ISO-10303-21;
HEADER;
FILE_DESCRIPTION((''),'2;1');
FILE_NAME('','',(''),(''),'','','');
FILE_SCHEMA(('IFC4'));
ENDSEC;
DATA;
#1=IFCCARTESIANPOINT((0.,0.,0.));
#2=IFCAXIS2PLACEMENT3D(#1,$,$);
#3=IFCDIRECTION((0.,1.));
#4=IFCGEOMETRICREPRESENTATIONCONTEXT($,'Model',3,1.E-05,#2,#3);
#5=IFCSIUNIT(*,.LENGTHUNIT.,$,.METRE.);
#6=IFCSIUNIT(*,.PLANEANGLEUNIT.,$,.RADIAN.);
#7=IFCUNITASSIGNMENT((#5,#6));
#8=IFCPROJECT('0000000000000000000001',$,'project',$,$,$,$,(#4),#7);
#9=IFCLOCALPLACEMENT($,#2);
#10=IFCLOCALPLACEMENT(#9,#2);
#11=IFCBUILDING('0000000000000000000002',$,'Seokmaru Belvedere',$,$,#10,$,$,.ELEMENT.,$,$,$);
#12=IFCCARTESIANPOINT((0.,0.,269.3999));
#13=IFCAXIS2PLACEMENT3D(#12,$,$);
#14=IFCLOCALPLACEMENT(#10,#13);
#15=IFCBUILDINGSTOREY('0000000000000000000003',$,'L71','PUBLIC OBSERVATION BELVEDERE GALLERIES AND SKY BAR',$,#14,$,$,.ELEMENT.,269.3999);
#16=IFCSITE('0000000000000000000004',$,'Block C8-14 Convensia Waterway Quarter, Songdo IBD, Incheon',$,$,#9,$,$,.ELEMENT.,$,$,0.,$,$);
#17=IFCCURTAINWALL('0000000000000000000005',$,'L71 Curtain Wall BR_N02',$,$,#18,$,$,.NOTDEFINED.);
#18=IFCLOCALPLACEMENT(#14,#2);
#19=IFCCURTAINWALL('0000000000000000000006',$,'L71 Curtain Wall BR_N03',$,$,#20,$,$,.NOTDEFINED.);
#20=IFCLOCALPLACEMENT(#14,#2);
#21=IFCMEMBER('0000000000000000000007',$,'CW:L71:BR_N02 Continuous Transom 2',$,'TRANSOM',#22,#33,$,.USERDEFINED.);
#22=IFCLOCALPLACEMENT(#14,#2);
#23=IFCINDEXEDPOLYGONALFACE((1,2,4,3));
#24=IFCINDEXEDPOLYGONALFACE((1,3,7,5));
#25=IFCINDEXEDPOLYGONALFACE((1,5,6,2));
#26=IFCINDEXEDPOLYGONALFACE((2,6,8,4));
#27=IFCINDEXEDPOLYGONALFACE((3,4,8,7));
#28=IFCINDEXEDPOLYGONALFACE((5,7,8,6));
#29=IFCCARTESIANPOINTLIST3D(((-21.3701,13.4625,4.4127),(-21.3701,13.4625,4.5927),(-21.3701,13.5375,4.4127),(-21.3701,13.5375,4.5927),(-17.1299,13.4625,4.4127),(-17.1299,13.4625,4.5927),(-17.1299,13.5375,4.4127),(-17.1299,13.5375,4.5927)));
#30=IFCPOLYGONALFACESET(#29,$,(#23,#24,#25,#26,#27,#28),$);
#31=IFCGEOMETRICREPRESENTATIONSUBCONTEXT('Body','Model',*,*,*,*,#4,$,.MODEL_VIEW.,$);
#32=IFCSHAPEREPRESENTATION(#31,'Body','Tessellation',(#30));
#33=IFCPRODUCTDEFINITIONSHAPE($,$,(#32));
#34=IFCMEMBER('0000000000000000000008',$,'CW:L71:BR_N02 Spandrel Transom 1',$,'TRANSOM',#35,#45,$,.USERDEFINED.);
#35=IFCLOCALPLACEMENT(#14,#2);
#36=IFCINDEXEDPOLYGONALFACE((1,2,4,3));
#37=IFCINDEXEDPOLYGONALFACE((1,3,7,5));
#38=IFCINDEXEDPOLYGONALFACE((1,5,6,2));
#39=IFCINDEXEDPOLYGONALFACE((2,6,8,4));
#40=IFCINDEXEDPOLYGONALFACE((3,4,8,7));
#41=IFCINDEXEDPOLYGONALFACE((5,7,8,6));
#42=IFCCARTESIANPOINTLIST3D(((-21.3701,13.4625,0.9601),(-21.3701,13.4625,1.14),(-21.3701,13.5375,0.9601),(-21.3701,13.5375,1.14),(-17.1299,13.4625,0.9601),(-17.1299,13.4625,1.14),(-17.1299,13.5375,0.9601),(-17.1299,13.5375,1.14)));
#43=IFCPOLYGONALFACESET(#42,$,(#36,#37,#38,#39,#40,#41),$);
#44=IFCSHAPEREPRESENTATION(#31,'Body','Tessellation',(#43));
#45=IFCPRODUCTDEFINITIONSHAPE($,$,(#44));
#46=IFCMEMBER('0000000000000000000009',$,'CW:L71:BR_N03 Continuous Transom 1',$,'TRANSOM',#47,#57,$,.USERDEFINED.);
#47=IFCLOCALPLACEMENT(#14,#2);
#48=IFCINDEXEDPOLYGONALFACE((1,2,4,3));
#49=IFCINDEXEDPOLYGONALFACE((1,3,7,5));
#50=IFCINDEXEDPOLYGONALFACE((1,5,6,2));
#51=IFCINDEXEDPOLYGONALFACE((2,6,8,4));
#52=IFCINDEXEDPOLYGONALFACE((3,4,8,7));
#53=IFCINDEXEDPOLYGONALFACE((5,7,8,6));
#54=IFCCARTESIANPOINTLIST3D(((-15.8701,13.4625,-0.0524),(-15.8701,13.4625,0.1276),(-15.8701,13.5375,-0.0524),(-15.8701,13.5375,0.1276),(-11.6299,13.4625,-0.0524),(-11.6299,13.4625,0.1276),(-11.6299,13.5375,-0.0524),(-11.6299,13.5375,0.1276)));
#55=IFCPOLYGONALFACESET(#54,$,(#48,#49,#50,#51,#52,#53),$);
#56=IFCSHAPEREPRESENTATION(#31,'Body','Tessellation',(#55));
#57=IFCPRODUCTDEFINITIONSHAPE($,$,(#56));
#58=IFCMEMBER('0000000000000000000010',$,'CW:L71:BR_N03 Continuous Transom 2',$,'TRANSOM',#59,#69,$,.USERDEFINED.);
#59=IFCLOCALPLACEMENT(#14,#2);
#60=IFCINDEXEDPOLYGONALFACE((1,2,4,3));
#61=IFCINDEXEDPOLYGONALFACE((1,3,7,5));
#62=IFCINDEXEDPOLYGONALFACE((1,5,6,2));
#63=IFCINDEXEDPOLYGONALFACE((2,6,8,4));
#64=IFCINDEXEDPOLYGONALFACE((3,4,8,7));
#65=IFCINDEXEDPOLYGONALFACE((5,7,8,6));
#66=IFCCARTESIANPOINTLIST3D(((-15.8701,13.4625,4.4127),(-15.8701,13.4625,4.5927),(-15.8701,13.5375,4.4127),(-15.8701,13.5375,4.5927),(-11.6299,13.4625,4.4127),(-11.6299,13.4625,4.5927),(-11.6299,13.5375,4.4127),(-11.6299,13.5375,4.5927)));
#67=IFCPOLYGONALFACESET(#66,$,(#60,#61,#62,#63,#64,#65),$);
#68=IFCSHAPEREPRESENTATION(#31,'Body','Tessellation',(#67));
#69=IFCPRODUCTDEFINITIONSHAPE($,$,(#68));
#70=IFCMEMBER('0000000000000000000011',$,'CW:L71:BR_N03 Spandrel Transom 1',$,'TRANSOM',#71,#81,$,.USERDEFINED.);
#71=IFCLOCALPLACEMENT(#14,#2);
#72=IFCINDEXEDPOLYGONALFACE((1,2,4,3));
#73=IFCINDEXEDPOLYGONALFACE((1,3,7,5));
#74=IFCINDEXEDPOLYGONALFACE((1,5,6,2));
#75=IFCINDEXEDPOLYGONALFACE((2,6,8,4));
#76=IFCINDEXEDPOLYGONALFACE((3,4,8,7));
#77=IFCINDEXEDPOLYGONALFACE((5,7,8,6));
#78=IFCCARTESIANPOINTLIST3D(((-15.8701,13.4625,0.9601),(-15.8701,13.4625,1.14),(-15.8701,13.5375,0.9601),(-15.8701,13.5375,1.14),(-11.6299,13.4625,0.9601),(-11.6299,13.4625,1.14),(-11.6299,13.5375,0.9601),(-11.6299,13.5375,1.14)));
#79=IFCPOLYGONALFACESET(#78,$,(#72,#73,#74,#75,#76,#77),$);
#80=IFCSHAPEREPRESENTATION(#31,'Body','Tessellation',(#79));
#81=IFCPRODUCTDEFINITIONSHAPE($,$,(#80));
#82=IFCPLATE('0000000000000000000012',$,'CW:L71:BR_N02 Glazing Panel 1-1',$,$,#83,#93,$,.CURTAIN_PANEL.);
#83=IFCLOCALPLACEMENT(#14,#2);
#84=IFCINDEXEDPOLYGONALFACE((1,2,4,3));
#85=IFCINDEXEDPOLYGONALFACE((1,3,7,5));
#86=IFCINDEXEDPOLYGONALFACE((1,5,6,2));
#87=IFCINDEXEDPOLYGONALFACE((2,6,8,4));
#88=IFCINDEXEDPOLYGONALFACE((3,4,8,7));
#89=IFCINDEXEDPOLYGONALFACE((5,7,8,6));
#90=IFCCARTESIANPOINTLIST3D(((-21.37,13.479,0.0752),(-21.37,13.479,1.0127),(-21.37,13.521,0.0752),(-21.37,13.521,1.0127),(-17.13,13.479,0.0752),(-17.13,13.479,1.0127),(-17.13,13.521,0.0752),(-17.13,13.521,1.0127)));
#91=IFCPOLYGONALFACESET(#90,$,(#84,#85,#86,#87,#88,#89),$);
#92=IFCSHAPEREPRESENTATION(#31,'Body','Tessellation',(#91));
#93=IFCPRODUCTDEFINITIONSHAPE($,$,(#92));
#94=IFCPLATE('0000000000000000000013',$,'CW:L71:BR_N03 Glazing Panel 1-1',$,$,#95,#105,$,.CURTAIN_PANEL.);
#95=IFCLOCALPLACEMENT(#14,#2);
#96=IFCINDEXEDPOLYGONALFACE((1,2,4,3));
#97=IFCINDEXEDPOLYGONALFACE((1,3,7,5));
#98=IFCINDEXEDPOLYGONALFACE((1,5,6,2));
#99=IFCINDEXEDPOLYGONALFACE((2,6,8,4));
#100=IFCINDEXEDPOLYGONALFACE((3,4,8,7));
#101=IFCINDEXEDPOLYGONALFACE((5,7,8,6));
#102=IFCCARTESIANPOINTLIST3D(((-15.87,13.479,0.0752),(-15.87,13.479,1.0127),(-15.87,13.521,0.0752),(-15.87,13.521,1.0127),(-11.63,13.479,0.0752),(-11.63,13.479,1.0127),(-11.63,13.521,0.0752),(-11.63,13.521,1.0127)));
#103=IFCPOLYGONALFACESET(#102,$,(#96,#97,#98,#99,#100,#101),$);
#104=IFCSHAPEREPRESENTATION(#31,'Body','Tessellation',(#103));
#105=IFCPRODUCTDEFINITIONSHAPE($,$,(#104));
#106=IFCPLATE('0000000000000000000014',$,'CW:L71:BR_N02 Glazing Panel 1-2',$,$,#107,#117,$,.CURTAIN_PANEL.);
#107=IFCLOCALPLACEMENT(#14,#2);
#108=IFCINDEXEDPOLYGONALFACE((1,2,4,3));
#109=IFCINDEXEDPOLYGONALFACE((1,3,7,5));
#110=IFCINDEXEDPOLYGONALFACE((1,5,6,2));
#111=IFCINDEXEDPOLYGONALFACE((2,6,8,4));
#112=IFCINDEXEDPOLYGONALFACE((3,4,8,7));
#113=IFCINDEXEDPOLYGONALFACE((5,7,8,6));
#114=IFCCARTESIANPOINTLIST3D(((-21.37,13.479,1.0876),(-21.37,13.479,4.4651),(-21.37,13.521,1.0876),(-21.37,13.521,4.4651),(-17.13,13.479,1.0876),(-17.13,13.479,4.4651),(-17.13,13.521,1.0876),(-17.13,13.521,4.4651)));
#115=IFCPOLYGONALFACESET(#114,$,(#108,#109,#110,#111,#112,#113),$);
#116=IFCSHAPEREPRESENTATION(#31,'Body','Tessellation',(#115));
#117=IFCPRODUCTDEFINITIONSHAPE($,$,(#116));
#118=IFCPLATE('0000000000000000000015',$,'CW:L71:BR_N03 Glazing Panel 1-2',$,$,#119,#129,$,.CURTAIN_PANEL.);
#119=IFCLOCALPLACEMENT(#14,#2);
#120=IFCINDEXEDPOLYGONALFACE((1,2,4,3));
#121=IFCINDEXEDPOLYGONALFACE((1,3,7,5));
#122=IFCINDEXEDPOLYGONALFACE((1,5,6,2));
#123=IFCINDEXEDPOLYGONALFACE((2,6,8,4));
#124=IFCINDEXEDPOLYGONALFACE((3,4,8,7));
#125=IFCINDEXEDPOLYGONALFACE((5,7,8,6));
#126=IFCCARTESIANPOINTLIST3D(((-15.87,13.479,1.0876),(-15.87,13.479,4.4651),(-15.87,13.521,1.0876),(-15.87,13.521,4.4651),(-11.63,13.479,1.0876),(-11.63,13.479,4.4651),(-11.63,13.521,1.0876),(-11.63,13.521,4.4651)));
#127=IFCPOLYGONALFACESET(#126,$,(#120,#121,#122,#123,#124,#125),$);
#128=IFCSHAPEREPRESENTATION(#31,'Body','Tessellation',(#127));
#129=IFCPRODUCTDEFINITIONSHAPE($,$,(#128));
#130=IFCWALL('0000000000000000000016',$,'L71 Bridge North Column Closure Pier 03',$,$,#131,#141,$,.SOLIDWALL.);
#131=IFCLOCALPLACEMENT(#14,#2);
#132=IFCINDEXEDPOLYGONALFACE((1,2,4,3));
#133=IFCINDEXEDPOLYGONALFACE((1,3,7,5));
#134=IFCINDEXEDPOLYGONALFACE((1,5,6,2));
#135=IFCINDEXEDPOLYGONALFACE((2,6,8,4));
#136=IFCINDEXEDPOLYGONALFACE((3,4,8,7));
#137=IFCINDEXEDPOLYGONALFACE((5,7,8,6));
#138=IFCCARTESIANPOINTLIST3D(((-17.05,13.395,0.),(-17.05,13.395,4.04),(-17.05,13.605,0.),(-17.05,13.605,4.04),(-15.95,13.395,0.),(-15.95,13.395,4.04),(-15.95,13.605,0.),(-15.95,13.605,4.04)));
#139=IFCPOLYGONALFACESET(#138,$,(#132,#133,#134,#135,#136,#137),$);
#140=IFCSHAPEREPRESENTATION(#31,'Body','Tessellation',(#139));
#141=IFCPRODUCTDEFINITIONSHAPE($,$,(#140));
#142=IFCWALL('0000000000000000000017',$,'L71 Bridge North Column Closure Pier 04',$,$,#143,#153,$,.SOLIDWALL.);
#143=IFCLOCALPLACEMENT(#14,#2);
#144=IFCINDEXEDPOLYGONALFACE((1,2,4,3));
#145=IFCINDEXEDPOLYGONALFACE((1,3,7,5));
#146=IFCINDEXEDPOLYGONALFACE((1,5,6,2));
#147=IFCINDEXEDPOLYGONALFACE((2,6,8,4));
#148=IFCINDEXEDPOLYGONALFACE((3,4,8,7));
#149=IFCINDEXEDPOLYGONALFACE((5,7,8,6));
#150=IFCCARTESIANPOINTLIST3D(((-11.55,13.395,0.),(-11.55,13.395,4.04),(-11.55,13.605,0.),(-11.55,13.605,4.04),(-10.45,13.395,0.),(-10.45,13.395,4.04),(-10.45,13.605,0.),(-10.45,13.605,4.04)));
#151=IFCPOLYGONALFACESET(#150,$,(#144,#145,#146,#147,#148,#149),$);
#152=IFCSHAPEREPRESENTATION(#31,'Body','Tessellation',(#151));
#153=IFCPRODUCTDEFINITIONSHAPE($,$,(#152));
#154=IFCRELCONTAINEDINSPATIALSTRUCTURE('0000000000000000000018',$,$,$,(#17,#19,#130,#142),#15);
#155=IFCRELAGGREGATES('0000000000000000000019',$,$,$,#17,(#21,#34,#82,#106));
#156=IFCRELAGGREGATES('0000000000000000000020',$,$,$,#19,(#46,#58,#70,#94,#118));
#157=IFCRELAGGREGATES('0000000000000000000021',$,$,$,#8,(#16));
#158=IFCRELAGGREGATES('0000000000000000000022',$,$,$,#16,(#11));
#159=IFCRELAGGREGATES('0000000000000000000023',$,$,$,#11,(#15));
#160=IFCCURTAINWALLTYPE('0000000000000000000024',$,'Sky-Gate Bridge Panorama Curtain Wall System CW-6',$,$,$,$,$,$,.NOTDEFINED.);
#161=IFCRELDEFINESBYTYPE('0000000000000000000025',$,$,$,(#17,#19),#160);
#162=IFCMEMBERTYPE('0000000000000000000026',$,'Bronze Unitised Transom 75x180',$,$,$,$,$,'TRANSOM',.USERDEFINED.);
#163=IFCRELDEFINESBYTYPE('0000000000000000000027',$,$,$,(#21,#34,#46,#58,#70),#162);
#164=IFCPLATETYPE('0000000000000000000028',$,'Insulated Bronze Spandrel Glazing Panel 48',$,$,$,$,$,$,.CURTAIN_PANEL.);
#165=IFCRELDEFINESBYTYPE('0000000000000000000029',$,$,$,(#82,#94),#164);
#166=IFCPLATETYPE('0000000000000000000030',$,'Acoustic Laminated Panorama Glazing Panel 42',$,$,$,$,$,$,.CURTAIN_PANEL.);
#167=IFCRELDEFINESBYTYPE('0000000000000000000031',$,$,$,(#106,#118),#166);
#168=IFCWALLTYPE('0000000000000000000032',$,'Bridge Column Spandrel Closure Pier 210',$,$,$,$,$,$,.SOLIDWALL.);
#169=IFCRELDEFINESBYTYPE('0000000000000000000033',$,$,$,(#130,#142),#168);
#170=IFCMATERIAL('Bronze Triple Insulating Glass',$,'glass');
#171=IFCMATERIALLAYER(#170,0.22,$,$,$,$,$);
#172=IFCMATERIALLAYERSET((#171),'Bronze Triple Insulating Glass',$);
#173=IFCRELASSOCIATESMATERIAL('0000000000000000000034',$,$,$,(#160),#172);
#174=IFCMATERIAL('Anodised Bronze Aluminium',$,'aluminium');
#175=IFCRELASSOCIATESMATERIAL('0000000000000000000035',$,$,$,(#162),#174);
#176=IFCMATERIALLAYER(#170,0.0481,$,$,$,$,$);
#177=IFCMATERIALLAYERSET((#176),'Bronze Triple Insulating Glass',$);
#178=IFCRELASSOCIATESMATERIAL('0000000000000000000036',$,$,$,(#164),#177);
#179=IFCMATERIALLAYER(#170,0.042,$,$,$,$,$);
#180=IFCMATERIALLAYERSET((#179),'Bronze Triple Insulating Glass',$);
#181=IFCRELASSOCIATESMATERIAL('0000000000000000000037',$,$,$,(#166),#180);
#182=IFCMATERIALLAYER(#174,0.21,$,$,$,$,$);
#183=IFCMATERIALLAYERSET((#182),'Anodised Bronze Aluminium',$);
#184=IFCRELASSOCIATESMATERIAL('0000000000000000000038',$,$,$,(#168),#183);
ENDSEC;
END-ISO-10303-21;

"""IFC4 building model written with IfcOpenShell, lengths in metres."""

from ifc_helpers import new_model, si_unit, direction, frame, frame_2d, origin, origin_2d, place, context, subcontext, project, spatial, rectangle, extrude, source, transform, mapped, material, layer, layer_set, material_profile, profile_set, type_object, type_shapes, element, aggregate, save


model = new_model("IFC4")

# Units and contexts
model_context = context("Model", 3, precision=1e-05, world=origin(), true_north=direction((0.0, 1.0)))
body_context = subcontext(model_context, "Body", "Model", "MODEL_VIEW")
ifc_project = project(units=[si_unit("LENGTHUNIT", "METRE"), si_unit("PLANEANGLEUNIT", "RADIAN")], contexts=[model_context])

# Site, building, storey
site_placement = place(None, origin())
site = spatial("IfcSite", under=ifc_project, at=site_placement, Name="Block C8-14 Convensia Waterway Quarter, Songdo IBD, Incheon", CompositionType="ELEMENT", RefElevation=0.0)
building_placement = place(site_placement, origin())
building = spatial("IfcBuilding", under=site, at=building_placement, Name="Seokmaru Belvedere", CompositionType="ELEMENT")
storey_placement = place(building_placement, frame((0.0, 0.0, 269.3999)))
storey = spatial("IfcBuildingStorey", under=building, at=storey_placement, Name="L71", Description="PUBLIC OBSERVATION BELVEDERE GALLERIES AND SKY BAR", CompositionType="ELEMENT", Elevation=269.3999)

# Curtain wall
ifc_material_1 = material(Name="Bronze Triple Insulating Glass", Category="glass")
ifc_layer_1 = layer(ifc_material_1, 0.22)
ifc_layer_set_1 = layer_set([ifc_layer_1], Name="Bronze Triple Insulating Glass")
curtain_wall_type = type_object("IfcCurtainWallType", Name="Sky-Gate Bridge Panorama Curtain Wall System CW-6", PredefinedType="NOTDEFINED", material=ifc_layer_set_1)
curtain_wall_1_placement = place(storey_placement, origin())
curtain_wall_1 = element("IfcCurtainWall", 1, at=curtain_wall_1_placement, inside=storey, type_object=curtain_wall_type, Name="L71 Curtain Wall BR_N02", PredefinedType="NOTDEFINED")
ifc_material_2 = material(Name="Anodised Bronze Aluminium", Category="aluminium")

# Curtain wall
curtain_wall_2_placement = place(storey_placement, origin())
curtain_wall_2 = element("IfcCurtainWall", 2, at=curtain_wall_2_placement, inside=storey, type_object=curtain_wall_type, Name="L71 Curtain Wall BR_N03", PredefinedType="NOTDEFINED")

# Members
ifc_material_profile_1 = material_profile(ifc_material_2, rectangle(XDim=0.075, YDim=0.1799, at=origin_2d()), Name="CW-T-75x180")
ifc_profile_set_1 = profile_set([ifc_material_profile_1], Name="Anodised Bronze Aluminium")
member_type_1 = type_object("IfcMemberType", Name="Bronze Unitised Transom 75x180", ElementType="TRANSOM", PredefinedType="USERDEFINED", material=ifc_profile_set_1)
shared_shape_1 = source(origin(), body_context, "Body", "SweptSolid", [
    extrude(rectangle(XDim=0.075, YDim=0.1799, at=origin_2d()), origin(), (0.0, 0.0, 1.0), 4.2402),
])
type_shapes(member_type_1, [shared_shape_1])
member_1_placement = place(storey_placement, frame((-17.1299, 13.5, 4.5027), z_axis=(-1.0, 0.0, 0.0), x_axis=(0.0, -1.0, 0.0)))
member_1 = element("IfcMember", 3, at=member_1_placement, type_object=member_type_1, Name="CW:L71:BR_N02 Continuous Transom 2", ObjectType="TRANSOM", PredefinedType="USERDEFINED", context=body_context, shape_type="MappedRepresentation", body=[
    mapped(shared_shape_1, transform((0.0, 0.0, 0.0), scale=1.0)),
])
member_2_placement = place(storey_placement, frame((-17.1299, 13.5, 1.05), z_axis=(-1.0, 0.0, 0.0), x_axis=(0.0, -1.0, 0.0)))
member_2 = element("IfcMember", 4, at=member_2_placement, type_object=member_type_1, Name="CW:L71:BR_N02 Spandrel Transom 1", ObjectType="TRANSOM", PredefinedType="USERDEFINED", context=body_context, shape_type="MappedRepresentation", body=[
    mapped(shared_shape_1, transform((0.0, 0.0, 0.0), scale=1.0)),
])
member_3_placement = place(storey_placement, frame((-11.6299, 13.5, 0.0376), z_axis=(-1.0, 0.0, 0.0), x_axis=(0.0, -1.0, 0.0)))
member_3 = element("IfcMember", 5, at=member_3_placement, type_object=member_type_1, Name="CW:L71:BR_N03 Continuous Transom 1", ObjectType="TRANSOM", PredefinedType="USERDEFINED", context=body_context, shape_type="MappedRepresentation", body=[
    mapped(shared_shape_1, transform((0.0, 0.0, 0.0), scale=1.0)),
])
member_4_placement = place(storey_placement, frame((-11.6299, 13.5, 4.5027), z_axis=(-1.0, 0.0, 0.0), x_axis=(0.0, -1.0, 0.0)))
member_4 = element("IfcMember", 6, at=member_4_placement, type_object=member_type_1, Name="CW:L71:BR_N03 Continuous Transom 2", ObjectType="TRANSOM", PredefinedType="USERDEFINED", context=body_context, shape_type="MappedRepresentation", body=[
    mapped(shared_shape_1, transform((0.0, 0.0, 0.0), scale=1.0)),
])
member_5_placement = place(storey_placement, frame((-11.6299, 13.5, 1.05), z_axis=(-1.0, 0.0, 0.0), x_axis=(0.0, -1.0, 0.0)))
member_5 = element("IfcMember", 7, at=member_5_placement, type_object=member_type_1, Name="CW:L71:BR_N03 Spandrel Transom 1", ObjectType="TRANSOM", PredefinedType="USERDEFINED", context=body_context, shape_type="MappedRepresentation", body=[
    mapped(shared_shape_1, transform((0.0, 0.0, 0.0), scale=1.0)),
])

# Plates
ifc_layer_2 = layer(ifc_material_1, 0.0481)
ifc_layer_set_2 = layer_set([ifc_layer_2], Name="Bronze Triple Insulating Glass")
plate_type_1 = type_object("IfcPlateType", Name="Insulated Bronze Spandrel Glazing Panel 48", PredefinedType="CURTAIN_PANEL", material=ifc_layer_set_2)
shared_shape_2 = source(origin(), body_context, "Body", "SweptSolid", [
    extrude(rectangle(XDim=4.24, YDim=0.042, at=origin_2d()), origin(), (0.0, 0.0, 1.0), 0.9375),
])
type_shapes(plate_type_1, [shared_shape_2])
plate_1_placement = place(storey_placement, frame((-19.25, 13.5, 0.0752), z_axis=(0.0, 0.0, 1.0), x_axis=(-1.0, 0.0, 0.0)))
plate_1 = element("IfcPlate", 8, at=plate_1_placement, type_object=plate_type_1, Name="CW:L71:BR_N02 Glazing Panel 1-1", PredefinedType="CURTAIN_PANEL", context=body_context, shape_type="MappedRepresentation", body=[
    mapped(shared_shape_2, transform((0.0, 0.0, 0.0), scale=1.0)),
])
plate_2_placement = place(storey_placement, frame((-13.75, 13.5, 0.0752), z_axis=(0.0, 0.0, 1.0), x_axis=(-1.0, 0.0, 0.0)))
plate_2 = element("IfcPlate", 9, at=plate_2_placement, type_object=plate_type_1, Name="CW:L71:BR_N03 Glazing Panel 1-1", PredefinedType="CURTAIN_PANEL", context=body_context, shape_type="MappedRepresentation", body=[
    mapped(shared_shape_2, transform((0.0, 0.0, 0.0), scale=1.0)),
])
ifc_layer_3 = layer(ifc_material_1, 0.042)
ifc_layer_set_3 = layer_set([ifc_layer_3], Name="Bronze Triple Insulating Glass")
plate_type_2 = type_object("IfcPlateType", Name="Acoustic Laminated Panorama Glazing Panel 42", PredefinedType="CURTAIN_PANEL", material=ifc_layer_set_3)
shared_shape_3 = source(origin(), body_context, "Body", "SweptSolid", [
    extrude(rectangle(XDim=4.24, YDim=0.042, at=origin_2d()), origin(), (0.0, 0.0, 1.0), 3.3774),
])
type_shapes(plate_type_2, [shared_shape_3])
plate_3_placement = place(storey_placement, frame((-19.25, 13.5, 1.0876), z_axis=(0.0, 0.0, 1.0), x_axis=(-1.0, 0.0, 0.0)))
plate_3 = element("IfcPlate", 10, at=plate_3_placement, type_object=plate_type_2, Name="CW:L71:BR_N02 Glazing Panel 1-2", PredefinedType="CURTAIN_PANEL", context=body_context, shape_type="MappedRepresentation", body=[
    mapped(shared_shape_3, transform((0.0, 0.0, 0.0), scale=1.0)),
])
aggregate(curtain_wall_1, [member_1, member_2, plate_1, plate_3])
plate_4_placement = place(storey_placement, frame((-13.75, 13.5, 1.0876), z_axis=(0.0, 0.0, 1.0), x_axis=(-1.0, 0.0, 0.0)))
plate_4 = element("IfcPlate", 11, at=plate_4_placement, type_object=plate_type_2, Name="CW:L71:BR_N03 Glazing Panel 1-2", PredefinedType="CURTAIN_PANEL", context=body_context, shape_type="MappedRepresentation", body=[
    mapped(shared_shape_3, transform((0.0, 0.0, 0.0), scale=1.0)),
])
aggregate(curtain_wall_2, [member_3, member_4, member_5, plate_2, plate_4])

# Walls
ifc_layer_4 = layer(ifc_material_2, 0.21)
ifc_layer_set_4 = layer_set([ifc_layer_4], Name="Anodised Bronze Aluminium")
wall_type = type_object("IfcWallType", Name="Bridge Column Spandrel Closure Pier 210", PredefinedType="SOLIDWALL", material=ifc_layer_set_4)
for number, where, z_axis, x_axis, name in (
    (12, (-17.05, 13.5, 0.0), (0.0, 0.0, 1.0), (1.0, 0.0, 0.0), "L71 Bridge North Column Closure Pier 03"),
    (13, (-11.55, 13.5, 0.0), (0.0, 0.0, 1.0), (1.0, 0.0, 0.0), "L71 Bridge North Column Closure Pier 04"),
):
    element("IfcWall", number, at=place(storey_placement, frame(where, z_axis=z_axis, x_axis=x_axis)), inside=storey, type_object=wall_type, Name=name, PredefinedType="SOLIDWALL", context=body_context, shape_type="SweptSolid", body=[
        extrude(rectangle(XDim=1.1001, YDim=0.21, at=frame_2d((0.55, 0.0))), origin(), (0.0, 0.0, 1.0), 4.04),
    ])

save(model, "model.ifc")
